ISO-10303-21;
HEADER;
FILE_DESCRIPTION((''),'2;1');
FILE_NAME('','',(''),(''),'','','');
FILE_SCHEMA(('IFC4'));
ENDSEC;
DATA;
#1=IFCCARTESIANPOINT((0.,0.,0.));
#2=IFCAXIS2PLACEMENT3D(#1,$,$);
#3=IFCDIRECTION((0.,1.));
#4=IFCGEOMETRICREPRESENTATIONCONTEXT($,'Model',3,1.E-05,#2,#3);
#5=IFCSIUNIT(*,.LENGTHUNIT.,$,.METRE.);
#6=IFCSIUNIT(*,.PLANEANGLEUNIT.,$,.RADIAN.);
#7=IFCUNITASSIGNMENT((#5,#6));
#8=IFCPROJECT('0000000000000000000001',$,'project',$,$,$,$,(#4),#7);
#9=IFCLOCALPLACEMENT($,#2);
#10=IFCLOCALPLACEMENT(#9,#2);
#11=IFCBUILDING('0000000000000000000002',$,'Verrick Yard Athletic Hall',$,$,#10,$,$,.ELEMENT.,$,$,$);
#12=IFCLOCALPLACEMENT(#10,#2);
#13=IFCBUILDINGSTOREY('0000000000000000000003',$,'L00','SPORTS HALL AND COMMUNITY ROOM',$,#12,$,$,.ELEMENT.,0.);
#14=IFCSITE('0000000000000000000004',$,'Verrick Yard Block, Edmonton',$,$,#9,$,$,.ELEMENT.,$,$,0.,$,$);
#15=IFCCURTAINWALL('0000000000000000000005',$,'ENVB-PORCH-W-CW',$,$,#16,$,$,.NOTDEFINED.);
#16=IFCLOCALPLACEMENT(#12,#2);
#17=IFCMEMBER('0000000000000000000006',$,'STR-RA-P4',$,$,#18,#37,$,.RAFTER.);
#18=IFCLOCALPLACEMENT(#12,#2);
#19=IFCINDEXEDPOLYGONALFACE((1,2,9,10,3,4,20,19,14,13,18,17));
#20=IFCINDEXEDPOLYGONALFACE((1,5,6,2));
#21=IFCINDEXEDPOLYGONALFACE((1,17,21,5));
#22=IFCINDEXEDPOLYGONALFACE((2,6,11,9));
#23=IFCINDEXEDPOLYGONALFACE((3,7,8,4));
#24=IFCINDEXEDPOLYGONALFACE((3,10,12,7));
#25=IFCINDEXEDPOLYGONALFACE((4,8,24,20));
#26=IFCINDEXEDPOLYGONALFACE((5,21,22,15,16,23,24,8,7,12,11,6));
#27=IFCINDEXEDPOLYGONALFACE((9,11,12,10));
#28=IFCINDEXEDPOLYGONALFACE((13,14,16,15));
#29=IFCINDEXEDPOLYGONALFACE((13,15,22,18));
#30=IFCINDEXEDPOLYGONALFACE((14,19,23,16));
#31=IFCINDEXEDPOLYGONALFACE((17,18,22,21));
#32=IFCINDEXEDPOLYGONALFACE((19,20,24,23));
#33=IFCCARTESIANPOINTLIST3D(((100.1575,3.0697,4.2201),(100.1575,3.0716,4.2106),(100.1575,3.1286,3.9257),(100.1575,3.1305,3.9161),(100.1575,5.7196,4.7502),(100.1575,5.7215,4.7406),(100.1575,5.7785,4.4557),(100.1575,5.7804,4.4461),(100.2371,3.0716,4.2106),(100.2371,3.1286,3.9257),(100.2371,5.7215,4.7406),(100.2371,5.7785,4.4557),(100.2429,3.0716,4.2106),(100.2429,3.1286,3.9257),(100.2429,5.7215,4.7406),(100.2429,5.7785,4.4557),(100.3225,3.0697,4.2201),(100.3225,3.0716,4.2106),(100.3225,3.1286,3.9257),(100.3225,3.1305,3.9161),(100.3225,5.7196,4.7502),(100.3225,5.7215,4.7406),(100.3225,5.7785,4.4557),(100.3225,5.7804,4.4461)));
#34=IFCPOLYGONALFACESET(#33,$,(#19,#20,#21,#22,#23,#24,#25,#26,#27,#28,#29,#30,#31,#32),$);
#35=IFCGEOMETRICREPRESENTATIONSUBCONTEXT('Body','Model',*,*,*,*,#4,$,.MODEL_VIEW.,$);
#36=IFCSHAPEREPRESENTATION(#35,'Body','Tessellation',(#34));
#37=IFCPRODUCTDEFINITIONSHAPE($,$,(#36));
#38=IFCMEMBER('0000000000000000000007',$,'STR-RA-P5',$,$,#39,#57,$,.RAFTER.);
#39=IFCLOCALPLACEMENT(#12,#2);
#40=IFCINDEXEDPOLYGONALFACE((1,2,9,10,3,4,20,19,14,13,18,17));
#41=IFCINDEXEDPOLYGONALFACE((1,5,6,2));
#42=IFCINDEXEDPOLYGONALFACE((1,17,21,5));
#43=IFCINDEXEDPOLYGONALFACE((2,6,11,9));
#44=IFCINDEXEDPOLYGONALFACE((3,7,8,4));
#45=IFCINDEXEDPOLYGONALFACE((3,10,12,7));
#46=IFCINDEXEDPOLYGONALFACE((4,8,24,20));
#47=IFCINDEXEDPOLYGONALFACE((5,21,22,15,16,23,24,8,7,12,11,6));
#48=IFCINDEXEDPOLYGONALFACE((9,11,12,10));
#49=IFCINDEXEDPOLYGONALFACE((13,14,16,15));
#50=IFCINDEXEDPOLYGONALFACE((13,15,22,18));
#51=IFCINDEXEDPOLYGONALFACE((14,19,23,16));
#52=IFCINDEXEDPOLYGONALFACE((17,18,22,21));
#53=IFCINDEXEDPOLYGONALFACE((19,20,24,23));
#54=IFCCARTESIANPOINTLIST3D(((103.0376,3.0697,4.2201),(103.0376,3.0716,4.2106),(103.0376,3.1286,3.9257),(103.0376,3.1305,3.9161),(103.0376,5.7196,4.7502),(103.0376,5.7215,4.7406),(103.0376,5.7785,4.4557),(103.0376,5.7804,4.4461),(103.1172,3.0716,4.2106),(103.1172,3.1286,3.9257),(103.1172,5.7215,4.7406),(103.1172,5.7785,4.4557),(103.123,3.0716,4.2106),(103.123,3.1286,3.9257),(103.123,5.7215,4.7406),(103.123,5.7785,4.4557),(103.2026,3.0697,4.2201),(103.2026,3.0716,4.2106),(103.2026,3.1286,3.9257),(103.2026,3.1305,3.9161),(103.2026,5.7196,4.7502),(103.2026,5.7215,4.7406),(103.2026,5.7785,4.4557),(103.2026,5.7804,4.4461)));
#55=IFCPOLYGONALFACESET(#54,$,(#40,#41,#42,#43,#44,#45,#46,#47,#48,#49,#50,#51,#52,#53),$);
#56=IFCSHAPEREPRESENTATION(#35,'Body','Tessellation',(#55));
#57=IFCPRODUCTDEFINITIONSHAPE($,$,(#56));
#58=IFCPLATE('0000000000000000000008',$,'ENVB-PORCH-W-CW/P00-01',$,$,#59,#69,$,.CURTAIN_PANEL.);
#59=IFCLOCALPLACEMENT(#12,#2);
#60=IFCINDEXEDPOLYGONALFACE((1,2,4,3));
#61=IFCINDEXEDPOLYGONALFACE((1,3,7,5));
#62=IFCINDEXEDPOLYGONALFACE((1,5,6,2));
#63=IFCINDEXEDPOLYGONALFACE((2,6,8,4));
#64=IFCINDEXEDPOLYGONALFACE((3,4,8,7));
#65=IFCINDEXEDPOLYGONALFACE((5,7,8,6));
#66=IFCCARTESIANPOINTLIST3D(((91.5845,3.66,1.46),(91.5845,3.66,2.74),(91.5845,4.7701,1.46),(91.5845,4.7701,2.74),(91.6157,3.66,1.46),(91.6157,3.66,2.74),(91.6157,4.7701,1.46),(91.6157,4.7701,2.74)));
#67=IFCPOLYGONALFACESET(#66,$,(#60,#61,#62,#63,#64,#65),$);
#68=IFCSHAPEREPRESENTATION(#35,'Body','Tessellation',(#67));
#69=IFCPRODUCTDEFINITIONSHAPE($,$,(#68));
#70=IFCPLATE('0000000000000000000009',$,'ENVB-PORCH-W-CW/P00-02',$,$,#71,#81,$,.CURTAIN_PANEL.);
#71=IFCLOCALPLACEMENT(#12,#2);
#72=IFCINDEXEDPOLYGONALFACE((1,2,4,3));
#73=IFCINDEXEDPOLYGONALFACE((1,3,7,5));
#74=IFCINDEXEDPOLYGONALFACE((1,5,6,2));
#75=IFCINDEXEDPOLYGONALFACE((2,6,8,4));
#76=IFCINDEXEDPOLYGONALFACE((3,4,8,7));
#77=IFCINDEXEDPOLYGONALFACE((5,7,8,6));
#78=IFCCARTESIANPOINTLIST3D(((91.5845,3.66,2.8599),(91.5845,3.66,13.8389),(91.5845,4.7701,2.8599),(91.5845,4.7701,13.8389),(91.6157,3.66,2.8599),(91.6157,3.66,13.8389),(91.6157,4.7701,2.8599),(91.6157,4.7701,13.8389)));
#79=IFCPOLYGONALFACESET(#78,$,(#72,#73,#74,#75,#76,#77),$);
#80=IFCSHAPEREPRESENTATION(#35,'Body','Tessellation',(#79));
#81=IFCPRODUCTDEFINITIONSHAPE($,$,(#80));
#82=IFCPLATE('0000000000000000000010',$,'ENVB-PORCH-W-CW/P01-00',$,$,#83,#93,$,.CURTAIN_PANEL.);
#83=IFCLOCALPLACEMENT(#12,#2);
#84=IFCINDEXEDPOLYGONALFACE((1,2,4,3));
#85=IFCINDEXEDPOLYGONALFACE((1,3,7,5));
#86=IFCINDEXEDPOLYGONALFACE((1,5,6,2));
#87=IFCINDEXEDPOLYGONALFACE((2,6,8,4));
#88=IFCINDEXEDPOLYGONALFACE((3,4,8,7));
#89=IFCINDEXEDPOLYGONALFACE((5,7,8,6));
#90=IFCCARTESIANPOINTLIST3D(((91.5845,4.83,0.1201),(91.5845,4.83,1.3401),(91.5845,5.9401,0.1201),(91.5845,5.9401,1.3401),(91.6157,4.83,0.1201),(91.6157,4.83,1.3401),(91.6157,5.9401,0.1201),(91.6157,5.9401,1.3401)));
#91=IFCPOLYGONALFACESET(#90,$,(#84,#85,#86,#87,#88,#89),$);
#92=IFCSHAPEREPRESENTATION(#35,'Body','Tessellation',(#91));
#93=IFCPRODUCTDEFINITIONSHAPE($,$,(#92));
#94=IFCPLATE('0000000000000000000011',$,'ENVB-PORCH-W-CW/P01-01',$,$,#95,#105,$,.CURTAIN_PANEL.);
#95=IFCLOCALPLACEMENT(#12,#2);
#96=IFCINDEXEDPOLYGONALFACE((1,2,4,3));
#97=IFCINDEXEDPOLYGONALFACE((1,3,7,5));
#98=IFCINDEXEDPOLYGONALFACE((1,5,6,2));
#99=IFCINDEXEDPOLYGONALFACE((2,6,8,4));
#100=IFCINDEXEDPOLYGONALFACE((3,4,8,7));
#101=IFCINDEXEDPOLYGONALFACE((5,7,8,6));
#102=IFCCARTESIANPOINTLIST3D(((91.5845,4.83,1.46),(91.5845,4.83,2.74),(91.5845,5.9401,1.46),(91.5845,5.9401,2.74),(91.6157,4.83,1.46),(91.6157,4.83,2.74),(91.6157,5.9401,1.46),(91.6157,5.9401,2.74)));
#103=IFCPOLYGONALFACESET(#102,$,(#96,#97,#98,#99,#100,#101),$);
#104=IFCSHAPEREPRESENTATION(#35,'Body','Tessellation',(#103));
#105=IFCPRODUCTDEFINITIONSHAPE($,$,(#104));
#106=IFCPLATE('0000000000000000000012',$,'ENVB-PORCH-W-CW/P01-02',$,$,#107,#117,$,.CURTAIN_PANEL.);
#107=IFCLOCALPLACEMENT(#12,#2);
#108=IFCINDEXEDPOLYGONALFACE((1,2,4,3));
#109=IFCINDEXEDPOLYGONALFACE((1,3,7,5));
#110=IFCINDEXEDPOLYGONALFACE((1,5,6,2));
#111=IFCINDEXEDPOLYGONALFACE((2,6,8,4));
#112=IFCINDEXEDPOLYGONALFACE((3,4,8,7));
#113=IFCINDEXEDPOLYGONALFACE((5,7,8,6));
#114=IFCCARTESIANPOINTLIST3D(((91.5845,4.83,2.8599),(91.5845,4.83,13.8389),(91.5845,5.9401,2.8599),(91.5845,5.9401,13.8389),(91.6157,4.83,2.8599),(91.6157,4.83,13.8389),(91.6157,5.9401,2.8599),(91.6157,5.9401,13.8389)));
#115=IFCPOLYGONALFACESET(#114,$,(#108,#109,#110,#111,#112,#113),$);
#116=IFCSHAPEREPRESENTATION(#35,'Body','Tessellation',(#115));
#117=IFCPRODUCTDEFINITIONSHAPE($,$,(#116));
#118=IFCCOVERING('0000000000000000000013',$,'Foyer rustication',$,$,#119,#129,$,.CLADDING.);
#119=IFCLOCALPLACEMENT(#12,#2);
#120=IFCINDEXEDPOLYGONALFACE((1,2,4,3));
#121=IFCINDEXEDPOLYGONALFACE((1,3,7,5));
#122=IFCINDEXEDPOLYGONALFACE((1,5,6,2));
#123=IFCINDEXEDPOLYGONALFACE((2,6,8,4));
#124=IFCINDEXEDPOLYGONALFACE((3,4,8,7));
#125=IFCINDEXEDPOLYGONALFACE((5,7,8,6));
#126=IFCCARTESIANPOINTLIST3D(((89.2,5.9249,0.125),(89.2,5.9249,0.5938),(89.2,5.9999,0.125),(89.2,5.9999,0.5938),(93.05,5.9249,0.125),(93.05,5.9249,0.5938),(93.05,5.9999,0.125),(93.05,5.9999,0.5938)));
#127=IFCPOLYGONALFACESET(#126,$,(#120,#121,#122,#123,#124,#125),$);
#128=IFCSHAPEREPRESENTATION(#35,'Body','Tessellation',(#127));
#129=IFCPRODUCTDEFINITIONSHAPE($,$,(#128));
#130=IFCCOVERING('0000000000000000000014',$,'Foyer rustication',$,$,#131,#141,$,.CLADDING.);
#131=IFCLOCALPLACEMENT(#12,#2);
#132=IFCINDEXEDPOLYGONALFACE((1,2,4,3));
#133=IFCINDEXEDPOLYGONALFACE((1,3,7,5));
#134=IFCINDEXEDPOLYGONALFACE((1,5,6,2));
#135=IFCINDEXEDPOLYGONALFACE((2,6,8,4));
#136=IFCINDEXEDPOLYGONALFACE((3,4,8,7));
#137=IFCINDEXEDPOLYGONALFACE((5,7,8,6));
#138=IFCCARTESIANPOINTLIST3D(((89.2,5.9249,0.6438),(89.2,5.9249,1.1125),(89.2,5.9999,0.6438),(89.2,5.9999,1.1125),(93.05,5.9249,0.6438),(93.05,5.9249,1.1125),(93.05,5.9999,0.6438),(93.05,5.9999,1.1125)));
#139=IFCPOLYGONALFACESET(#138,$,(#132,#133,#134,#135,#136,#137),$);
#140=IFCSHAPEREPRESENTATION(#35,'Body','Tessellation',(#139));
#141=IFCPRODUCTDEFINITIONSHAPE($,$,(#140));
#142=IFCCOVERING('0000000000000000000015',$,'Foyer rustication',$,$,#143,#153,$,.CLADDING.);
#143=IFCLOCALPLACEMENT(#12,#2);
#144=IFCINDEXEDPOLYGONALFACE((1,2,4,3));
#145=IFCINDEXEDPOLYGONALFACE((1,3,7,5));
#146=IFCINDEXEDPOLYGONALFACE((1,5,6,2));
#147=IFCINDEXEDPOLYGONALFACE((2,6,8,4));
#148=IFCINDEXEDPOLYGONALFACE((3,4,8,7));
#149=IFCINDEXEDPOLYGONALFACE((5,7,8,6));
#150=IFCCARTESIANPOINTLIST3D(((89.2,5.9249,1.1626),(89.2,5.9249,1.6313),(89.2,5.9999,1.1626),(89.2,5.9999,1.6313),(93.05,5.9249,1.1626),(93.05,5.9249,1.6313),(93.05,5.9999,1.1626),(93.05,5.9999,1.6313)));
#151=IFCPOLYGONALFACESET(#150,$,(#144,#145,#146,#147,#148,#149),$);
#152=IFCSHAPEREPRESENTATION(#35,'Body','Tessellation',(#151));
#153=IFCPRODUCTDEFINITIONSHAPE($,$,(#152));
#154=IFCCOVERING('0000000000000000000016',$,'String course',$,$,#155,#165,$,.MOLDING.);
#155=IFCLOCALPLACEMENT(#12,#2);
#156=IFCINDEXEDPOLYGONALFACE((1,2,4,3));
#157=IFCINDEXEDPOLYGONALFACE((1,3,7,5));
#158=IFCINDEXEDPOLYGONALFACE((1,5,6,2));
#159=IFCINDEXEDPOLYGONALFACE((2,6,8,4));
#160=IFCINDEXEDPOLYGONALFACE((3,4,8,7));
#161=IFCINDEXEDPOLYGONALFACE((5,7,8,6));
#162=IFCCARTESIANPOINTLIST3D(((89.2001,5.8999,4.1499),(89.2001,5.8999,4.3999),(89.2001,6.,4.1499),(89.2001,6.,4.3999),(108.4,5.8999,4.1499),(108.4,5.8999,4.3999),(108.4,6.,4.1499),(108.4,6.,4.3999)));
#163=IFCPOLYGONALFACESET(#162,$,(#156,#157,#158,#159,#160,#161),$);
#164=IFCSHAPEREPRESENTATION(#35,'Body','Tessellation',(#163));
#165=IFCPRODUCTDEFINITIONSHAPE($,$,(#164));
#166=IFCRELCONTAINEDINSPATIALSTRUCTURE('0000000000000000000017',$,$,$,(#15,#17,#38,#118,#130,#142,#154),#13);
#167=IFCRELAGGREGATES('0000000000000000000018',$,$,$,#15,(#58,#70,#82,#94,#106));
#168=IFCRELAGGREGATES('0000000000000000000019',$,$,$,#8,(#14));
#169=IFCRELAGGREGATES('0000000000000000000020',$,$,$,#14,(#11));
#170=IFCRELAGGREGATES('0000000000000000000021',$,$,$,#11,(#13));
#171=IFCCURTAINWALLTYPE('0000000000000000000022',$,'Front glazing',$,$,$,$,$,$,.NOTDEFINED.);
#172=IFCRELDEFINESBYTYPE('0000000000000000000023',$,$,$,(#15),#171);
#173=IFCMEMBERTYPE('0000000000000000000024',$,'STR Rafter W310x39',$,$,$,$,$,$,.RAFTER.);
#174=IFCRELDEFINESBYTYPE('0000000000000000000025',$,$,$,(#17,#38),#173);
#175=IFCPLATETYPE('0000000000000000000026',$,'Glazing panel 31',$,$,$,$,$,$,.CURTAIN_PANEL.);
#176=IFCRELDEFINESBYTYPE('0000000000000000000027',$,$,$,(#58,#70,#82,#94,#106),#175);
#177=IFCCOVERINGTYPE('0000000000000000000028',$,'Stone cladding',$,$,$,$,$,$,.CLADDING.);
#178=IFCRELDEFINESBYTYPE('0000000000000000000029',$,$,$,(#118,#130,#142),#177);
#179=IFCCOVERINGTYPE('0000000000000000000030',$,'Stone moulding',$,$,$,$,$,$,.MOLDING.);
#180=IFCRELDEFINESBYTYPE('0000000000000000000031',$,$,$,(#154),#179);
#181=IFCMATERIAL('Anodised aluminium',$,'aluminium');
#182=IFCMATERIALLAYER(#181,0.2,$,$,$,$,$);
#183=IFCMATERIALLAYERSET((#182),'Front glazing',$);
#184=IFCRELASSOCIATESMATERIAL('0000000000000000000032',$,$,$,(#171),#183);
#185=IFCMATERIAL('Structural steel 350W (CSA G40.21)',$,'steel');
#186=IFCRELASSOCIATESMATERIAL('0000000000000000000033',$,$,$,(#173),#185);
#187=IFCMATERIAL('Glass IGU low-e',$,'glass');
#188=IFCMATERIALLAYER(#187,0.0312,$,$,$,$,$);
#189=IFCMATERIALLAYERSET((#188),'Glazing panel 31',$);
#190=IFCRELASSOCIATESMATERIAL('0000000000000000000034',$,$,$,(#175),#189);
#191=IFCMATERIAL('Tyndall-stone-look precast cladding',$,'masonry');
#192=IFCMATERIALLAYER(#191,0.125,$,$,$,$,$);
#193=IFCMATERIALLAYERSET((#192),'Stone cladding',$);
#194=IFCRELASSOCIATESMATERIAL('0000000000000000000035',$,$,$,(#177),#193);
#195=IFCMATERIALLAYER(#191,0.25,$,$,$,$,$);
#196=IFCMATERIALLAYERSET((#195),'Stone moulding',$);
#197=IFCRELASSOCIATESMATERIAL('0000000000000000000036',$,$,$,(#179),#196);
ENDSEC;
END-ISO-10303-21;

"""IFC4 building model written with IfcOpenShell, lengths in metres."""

from ifc_helpers import new_model, si_unit, direction, frame, origin, origin_2d, place, context, subcontext, project, spatial, rectangle, i_section, extrude, material, layer, layer_set, material_profile, profile_set, type_object, element, aggregate, save


model = new_model("IFC4")

# Units and contexts
model_context = context("Model", 3, precision=1e-05, world=origin(), true_north=direction((0.0, 1.0)))
body_context = subcontext(model_context, "Body", "Model", "MODEL_VIEW")
ifc_project = project(units=[si_unit("LENGTHUNIT", "METRE"), si_unit("PLANEANGLEUNIT", "RADIAN")], contexts=[model_context])

# Site, building, storey
site_placement = place(None, origin())
site = spatial("IfcSite", under=ifc_project, at=site_placement, Name="Verrick Yard Block, Edmonton", CompositionType="ELEMENT", RefElevation=0.0)
building_placement = place(site_placement, origin())
building = spatial("IfcBuilding", under=site, at=building_placement, Name="Verrick Yard Athletic Hall", CompositionType="ELEMENT")
storey_placement = place(building_placement, origin())
storey = spatial("IfcBuildingStorey", under=building, at=storey_placement, Name="L00", Description="SPORTS HALL AND COMMUNITY ROOM", CompositionType="ELEMENT", Elevation=0.0)

# Curtain wall
ifc_material_1 = material(Name="Anodised aluminium", Category="aluminium")
ifc_layer_1 = layer(ifc_material_1, 0.2)
ifc_layer_set_1 = layer_set([ifc_layer_1], Name="Front glazing")
curtain_wall_type = type_object("IfcCurtainWallType", Name="Front glazing", PredefinedType="NOTDEFINED", material=ifc_layer_set_1)
curtain_wall_placement = place(storey_placement, origin())
curtain_wall = element("IfcCurtainWall", 1, at=curtain_wall_placement, inside=storey, type_object=curtain_wall_type, Name="ENVB-PORCH-W-CW", PredefinedType="NOTDEFINED")

# Shared definitions
ifc_material_2 = material(Name="Structural steel 350W (CSA G40.21)", Category="steel")

# Members
ifc_material_profile_1 = material_profile(ifc_material_2, i_section(OverallWidth=0.165, OverallDepth=0.3101, WebThickness=0.0059, FlangeThickness=0.0098, at=origin_2d()), Name="W310x39")
ifc_profile_set_1 = profile_set([ifc_material_profile_1], Name="Structural steel 350W (CSA G40.21)")
member_type_1 = type_object("IfcMemberType", Name="STR Rafter W310x39", PredefinedType="RAFTER", material=ifc_profile_set_1)
for number, where, z_axis, x_axis, name in (
    (2, (100.24, 3.1001, 4.0681), (0.0, 0.980577, 0.196134), (-1.0, 0.0, 0.0), "STR-RA-P4"),
    (3, (103.1201, 3.1001, 4.0681), (0.0, 0.980577, 0.196134), (-1.0, 0.0, 0.0), "STR-RA-P5"),
):
    element("IfcMember", number, at=place(storey_placement, frame(where, z_axis=z_axis, x_axis=x_axis)), inside=storey, type_object=member_type_1, Name=name, PredefinedType="RAFTER", context=body_context, shape_type="SweptSolid", body=[
        extrude(i_section(OverallWidth=0.165, OverallDepth=0.3101, WebThickness=0.0059, FlangeThickness=0.0098, at=origin_2d()), origin(), (0.0, 0.0, 1.0), 2.7024),
    ])

# Plates
ifc_material_3 = material(Name="Glass IGU low-e", Category="glass")
ifc_layer_2 = layer(ifc_material_3, 0.0312)
ifc_layer_set_2 = layer_set([ifc_layer_2], Name="Glazing panel 31")
plate_type = type_object("IfcPlateType", Name="Glazing panel 31", PredefinedType="CURTAIN_PANEL", material=ifc_layer_set_2)
plate_1_placement = place(storey_placement, frame((91.6001, 4.2151, 1.46), z_axis=(0.0, 0.0, 1.0), x_axis=(0.0, 1.0, 0.0)))
plate_1 = element("IfcPlate", 4, at=plate_1_placement, type_object=plate_type, Name="ENVB-PORCH-W-CW/P00-01", PredefinedType="CURTAIN_PANEL", context=body_context, shape_type="SweptSolid", body=[
    extrude(rectangle(XDim=1.1101, YDim=0.0312, at=origin_2d()), origin(), (0.0, 0.0, 1.0), 1.28),
])
plate_2_placement = place(storey_placement, frame((91.6001, 4.2151, 2.8599), z_axis=(0.0, 0.0, 1.0), x_axis=(0.0, 1.0, 0.0)))
plate_2 = element("IfcPlate", 5, at=plate_2_placement, type_object=plate_type, Name="ENVB-PORCH-W-CW/P00-02", PredefinedType="CURTAIN_PANEL", context=body_context, shape_type="SweptSolid", body=[
    extrude(rectangle(XDim=1.1101, YDim=0.0312, at=origin_2d()), origin(), (0.0, 0.0, 1.0), 10.979),
])
plate_3_placement = place(storey_placement, frame((91.6001, 5.385, 0.1201), z_axis=(0.0, 0.0, 1.0), x_axis=(0.0, 1.0, 0.0)))
plate_3 = element("IfcPlate", 6, at=plate_3_placement, type_object=plate_type, Name="ENVB-PORCH-W-CW/P01-00", PredefinedType="CURTAIN_PANEL", context=body_context, shape_type="SweptSolid", body=[
    extrude(rectangle(XDim=1.1101, YDim=0.0312, at=origin_2d()), origin(), (0.0, 0.0, 1.0), 1.22),
])
plate_4_placement = place(storey_placement, frame((91.6001, 5.385, 1.46), z_axis=(0.0, 0.0, 1.0), x_axis=(0.0, 1.0, 0.0)))
plate_4 = element("IfcPlate", 7, at=plate_4_placement, type_object=plate_type, Name="ENVB-PORCH-W-CW/P01-01", PredefinedType="CURTAIN_PANEL", context=body_context, shape_type="SweptSolid", body=[
    extrude(rectangle(XDim=1.1101, YDim=0.0312, at=origin_2d()), origin(), (0.0, 0.0, 1.0), 1.28),
])
plate_5_placement = place(storey_placement, frame((91.6001, 5.385, 2.8599), z_axis=(0.0, 0.0, 1.0), x_axis=(0.0, 1.0, 0.0)))
plate_5 = element("IfcPlate", 8, at=plate_5_placement, type_object=plate_type, Name="ENVB-PORCH-W-CW/P01-02", PredefinedType="CURTAIN_PANEL", context=body_context, shape_type="SweptSolid", body=[
    extrude(rectangle(XDim=1.1101, YDim=0.0312, at=origin_2d()), origin(), (0.0, 0.0, 1.0), 10.979),
])
aggregate(curtain_wall, [plate_1, plate_2, plate_3, plate_4, plate_5])

# Coverings
ifc_material_4 = material(Name="Tyndall-stone-look precast cladding", Category="masonry")
ifc_layer_3 = layer(ifc_material_4, 0.125)
ifc_layer_set_3 = layer_set([ifc_layer_3], Name="Stone cladding")
covering_type_1 = type_object("IfcCoveringType", Name="Stone cladding", PredefinedType="CLADDING", material=ifc_layer_set_3)
for number, where, z_axis, x_axis, name in (
    (9, (91.125, 5.9624, 0.125), (0.0, 0.0, 1.0), (1.0, 0.0, 0.0), "Foyer rustication"),
    (10, (91.125, 5.9624, 0.6438), (0.0, 0.0, 1.0), (1.0, 0.0, 0.0), "Foyer rustication"),
    (11, (91.125, 5.9624, 1.1626), (0.0, 0.0, 1.0), (1.0, 0.0, 0.0), "Foyer rustication"),
):
    element("IfcCovering", number, at=place(storey_placement, frame(where, z_axis=z_axis, x_axis=x_axis)), inside=storey, type_object=covering_type_1, Name=name, PredefinedType="CLADDING", context=body_context, shape_type="SweptSolid", body=[
        extrude(rectangle(XDim=3.8501, YDim=0.075, at=origin_2d()), origin(), (0.0, 0.0, 1.0), 0.4688),
    ])
ifc_layer_4 = layer(ifc_material_4, 0.25)
ifc_layer_set_4 = layer_set([ifc_layer_4], Name="Stone moulding")
covering_type_2 = type_object("IfcCoveringType", Name="Stone moulding", PredefinedType="MOLDING", material=ifc_layer_set_4)
covering_placement = place(storey_placement, frame((98.8, 5.95, 4.1499), z_axis=(0.0, 0.0, 1.0), x_axis=(1.0, 0.0, 0.0)))
element("IfcCovering", 12, at=covering_placement, inside=storey, type_object=covering_type_2, Name="String course", PredefinedType="MOLDING", context=body_context, shape_type="SweptSolid", body=[
    extrude(rectangle(XDim=19.2, YDim=0.1001, at=origin_2d()), origin(), (0.0, 0.0, 1.0), 0.25),
])

save(model, "model.ifc")
